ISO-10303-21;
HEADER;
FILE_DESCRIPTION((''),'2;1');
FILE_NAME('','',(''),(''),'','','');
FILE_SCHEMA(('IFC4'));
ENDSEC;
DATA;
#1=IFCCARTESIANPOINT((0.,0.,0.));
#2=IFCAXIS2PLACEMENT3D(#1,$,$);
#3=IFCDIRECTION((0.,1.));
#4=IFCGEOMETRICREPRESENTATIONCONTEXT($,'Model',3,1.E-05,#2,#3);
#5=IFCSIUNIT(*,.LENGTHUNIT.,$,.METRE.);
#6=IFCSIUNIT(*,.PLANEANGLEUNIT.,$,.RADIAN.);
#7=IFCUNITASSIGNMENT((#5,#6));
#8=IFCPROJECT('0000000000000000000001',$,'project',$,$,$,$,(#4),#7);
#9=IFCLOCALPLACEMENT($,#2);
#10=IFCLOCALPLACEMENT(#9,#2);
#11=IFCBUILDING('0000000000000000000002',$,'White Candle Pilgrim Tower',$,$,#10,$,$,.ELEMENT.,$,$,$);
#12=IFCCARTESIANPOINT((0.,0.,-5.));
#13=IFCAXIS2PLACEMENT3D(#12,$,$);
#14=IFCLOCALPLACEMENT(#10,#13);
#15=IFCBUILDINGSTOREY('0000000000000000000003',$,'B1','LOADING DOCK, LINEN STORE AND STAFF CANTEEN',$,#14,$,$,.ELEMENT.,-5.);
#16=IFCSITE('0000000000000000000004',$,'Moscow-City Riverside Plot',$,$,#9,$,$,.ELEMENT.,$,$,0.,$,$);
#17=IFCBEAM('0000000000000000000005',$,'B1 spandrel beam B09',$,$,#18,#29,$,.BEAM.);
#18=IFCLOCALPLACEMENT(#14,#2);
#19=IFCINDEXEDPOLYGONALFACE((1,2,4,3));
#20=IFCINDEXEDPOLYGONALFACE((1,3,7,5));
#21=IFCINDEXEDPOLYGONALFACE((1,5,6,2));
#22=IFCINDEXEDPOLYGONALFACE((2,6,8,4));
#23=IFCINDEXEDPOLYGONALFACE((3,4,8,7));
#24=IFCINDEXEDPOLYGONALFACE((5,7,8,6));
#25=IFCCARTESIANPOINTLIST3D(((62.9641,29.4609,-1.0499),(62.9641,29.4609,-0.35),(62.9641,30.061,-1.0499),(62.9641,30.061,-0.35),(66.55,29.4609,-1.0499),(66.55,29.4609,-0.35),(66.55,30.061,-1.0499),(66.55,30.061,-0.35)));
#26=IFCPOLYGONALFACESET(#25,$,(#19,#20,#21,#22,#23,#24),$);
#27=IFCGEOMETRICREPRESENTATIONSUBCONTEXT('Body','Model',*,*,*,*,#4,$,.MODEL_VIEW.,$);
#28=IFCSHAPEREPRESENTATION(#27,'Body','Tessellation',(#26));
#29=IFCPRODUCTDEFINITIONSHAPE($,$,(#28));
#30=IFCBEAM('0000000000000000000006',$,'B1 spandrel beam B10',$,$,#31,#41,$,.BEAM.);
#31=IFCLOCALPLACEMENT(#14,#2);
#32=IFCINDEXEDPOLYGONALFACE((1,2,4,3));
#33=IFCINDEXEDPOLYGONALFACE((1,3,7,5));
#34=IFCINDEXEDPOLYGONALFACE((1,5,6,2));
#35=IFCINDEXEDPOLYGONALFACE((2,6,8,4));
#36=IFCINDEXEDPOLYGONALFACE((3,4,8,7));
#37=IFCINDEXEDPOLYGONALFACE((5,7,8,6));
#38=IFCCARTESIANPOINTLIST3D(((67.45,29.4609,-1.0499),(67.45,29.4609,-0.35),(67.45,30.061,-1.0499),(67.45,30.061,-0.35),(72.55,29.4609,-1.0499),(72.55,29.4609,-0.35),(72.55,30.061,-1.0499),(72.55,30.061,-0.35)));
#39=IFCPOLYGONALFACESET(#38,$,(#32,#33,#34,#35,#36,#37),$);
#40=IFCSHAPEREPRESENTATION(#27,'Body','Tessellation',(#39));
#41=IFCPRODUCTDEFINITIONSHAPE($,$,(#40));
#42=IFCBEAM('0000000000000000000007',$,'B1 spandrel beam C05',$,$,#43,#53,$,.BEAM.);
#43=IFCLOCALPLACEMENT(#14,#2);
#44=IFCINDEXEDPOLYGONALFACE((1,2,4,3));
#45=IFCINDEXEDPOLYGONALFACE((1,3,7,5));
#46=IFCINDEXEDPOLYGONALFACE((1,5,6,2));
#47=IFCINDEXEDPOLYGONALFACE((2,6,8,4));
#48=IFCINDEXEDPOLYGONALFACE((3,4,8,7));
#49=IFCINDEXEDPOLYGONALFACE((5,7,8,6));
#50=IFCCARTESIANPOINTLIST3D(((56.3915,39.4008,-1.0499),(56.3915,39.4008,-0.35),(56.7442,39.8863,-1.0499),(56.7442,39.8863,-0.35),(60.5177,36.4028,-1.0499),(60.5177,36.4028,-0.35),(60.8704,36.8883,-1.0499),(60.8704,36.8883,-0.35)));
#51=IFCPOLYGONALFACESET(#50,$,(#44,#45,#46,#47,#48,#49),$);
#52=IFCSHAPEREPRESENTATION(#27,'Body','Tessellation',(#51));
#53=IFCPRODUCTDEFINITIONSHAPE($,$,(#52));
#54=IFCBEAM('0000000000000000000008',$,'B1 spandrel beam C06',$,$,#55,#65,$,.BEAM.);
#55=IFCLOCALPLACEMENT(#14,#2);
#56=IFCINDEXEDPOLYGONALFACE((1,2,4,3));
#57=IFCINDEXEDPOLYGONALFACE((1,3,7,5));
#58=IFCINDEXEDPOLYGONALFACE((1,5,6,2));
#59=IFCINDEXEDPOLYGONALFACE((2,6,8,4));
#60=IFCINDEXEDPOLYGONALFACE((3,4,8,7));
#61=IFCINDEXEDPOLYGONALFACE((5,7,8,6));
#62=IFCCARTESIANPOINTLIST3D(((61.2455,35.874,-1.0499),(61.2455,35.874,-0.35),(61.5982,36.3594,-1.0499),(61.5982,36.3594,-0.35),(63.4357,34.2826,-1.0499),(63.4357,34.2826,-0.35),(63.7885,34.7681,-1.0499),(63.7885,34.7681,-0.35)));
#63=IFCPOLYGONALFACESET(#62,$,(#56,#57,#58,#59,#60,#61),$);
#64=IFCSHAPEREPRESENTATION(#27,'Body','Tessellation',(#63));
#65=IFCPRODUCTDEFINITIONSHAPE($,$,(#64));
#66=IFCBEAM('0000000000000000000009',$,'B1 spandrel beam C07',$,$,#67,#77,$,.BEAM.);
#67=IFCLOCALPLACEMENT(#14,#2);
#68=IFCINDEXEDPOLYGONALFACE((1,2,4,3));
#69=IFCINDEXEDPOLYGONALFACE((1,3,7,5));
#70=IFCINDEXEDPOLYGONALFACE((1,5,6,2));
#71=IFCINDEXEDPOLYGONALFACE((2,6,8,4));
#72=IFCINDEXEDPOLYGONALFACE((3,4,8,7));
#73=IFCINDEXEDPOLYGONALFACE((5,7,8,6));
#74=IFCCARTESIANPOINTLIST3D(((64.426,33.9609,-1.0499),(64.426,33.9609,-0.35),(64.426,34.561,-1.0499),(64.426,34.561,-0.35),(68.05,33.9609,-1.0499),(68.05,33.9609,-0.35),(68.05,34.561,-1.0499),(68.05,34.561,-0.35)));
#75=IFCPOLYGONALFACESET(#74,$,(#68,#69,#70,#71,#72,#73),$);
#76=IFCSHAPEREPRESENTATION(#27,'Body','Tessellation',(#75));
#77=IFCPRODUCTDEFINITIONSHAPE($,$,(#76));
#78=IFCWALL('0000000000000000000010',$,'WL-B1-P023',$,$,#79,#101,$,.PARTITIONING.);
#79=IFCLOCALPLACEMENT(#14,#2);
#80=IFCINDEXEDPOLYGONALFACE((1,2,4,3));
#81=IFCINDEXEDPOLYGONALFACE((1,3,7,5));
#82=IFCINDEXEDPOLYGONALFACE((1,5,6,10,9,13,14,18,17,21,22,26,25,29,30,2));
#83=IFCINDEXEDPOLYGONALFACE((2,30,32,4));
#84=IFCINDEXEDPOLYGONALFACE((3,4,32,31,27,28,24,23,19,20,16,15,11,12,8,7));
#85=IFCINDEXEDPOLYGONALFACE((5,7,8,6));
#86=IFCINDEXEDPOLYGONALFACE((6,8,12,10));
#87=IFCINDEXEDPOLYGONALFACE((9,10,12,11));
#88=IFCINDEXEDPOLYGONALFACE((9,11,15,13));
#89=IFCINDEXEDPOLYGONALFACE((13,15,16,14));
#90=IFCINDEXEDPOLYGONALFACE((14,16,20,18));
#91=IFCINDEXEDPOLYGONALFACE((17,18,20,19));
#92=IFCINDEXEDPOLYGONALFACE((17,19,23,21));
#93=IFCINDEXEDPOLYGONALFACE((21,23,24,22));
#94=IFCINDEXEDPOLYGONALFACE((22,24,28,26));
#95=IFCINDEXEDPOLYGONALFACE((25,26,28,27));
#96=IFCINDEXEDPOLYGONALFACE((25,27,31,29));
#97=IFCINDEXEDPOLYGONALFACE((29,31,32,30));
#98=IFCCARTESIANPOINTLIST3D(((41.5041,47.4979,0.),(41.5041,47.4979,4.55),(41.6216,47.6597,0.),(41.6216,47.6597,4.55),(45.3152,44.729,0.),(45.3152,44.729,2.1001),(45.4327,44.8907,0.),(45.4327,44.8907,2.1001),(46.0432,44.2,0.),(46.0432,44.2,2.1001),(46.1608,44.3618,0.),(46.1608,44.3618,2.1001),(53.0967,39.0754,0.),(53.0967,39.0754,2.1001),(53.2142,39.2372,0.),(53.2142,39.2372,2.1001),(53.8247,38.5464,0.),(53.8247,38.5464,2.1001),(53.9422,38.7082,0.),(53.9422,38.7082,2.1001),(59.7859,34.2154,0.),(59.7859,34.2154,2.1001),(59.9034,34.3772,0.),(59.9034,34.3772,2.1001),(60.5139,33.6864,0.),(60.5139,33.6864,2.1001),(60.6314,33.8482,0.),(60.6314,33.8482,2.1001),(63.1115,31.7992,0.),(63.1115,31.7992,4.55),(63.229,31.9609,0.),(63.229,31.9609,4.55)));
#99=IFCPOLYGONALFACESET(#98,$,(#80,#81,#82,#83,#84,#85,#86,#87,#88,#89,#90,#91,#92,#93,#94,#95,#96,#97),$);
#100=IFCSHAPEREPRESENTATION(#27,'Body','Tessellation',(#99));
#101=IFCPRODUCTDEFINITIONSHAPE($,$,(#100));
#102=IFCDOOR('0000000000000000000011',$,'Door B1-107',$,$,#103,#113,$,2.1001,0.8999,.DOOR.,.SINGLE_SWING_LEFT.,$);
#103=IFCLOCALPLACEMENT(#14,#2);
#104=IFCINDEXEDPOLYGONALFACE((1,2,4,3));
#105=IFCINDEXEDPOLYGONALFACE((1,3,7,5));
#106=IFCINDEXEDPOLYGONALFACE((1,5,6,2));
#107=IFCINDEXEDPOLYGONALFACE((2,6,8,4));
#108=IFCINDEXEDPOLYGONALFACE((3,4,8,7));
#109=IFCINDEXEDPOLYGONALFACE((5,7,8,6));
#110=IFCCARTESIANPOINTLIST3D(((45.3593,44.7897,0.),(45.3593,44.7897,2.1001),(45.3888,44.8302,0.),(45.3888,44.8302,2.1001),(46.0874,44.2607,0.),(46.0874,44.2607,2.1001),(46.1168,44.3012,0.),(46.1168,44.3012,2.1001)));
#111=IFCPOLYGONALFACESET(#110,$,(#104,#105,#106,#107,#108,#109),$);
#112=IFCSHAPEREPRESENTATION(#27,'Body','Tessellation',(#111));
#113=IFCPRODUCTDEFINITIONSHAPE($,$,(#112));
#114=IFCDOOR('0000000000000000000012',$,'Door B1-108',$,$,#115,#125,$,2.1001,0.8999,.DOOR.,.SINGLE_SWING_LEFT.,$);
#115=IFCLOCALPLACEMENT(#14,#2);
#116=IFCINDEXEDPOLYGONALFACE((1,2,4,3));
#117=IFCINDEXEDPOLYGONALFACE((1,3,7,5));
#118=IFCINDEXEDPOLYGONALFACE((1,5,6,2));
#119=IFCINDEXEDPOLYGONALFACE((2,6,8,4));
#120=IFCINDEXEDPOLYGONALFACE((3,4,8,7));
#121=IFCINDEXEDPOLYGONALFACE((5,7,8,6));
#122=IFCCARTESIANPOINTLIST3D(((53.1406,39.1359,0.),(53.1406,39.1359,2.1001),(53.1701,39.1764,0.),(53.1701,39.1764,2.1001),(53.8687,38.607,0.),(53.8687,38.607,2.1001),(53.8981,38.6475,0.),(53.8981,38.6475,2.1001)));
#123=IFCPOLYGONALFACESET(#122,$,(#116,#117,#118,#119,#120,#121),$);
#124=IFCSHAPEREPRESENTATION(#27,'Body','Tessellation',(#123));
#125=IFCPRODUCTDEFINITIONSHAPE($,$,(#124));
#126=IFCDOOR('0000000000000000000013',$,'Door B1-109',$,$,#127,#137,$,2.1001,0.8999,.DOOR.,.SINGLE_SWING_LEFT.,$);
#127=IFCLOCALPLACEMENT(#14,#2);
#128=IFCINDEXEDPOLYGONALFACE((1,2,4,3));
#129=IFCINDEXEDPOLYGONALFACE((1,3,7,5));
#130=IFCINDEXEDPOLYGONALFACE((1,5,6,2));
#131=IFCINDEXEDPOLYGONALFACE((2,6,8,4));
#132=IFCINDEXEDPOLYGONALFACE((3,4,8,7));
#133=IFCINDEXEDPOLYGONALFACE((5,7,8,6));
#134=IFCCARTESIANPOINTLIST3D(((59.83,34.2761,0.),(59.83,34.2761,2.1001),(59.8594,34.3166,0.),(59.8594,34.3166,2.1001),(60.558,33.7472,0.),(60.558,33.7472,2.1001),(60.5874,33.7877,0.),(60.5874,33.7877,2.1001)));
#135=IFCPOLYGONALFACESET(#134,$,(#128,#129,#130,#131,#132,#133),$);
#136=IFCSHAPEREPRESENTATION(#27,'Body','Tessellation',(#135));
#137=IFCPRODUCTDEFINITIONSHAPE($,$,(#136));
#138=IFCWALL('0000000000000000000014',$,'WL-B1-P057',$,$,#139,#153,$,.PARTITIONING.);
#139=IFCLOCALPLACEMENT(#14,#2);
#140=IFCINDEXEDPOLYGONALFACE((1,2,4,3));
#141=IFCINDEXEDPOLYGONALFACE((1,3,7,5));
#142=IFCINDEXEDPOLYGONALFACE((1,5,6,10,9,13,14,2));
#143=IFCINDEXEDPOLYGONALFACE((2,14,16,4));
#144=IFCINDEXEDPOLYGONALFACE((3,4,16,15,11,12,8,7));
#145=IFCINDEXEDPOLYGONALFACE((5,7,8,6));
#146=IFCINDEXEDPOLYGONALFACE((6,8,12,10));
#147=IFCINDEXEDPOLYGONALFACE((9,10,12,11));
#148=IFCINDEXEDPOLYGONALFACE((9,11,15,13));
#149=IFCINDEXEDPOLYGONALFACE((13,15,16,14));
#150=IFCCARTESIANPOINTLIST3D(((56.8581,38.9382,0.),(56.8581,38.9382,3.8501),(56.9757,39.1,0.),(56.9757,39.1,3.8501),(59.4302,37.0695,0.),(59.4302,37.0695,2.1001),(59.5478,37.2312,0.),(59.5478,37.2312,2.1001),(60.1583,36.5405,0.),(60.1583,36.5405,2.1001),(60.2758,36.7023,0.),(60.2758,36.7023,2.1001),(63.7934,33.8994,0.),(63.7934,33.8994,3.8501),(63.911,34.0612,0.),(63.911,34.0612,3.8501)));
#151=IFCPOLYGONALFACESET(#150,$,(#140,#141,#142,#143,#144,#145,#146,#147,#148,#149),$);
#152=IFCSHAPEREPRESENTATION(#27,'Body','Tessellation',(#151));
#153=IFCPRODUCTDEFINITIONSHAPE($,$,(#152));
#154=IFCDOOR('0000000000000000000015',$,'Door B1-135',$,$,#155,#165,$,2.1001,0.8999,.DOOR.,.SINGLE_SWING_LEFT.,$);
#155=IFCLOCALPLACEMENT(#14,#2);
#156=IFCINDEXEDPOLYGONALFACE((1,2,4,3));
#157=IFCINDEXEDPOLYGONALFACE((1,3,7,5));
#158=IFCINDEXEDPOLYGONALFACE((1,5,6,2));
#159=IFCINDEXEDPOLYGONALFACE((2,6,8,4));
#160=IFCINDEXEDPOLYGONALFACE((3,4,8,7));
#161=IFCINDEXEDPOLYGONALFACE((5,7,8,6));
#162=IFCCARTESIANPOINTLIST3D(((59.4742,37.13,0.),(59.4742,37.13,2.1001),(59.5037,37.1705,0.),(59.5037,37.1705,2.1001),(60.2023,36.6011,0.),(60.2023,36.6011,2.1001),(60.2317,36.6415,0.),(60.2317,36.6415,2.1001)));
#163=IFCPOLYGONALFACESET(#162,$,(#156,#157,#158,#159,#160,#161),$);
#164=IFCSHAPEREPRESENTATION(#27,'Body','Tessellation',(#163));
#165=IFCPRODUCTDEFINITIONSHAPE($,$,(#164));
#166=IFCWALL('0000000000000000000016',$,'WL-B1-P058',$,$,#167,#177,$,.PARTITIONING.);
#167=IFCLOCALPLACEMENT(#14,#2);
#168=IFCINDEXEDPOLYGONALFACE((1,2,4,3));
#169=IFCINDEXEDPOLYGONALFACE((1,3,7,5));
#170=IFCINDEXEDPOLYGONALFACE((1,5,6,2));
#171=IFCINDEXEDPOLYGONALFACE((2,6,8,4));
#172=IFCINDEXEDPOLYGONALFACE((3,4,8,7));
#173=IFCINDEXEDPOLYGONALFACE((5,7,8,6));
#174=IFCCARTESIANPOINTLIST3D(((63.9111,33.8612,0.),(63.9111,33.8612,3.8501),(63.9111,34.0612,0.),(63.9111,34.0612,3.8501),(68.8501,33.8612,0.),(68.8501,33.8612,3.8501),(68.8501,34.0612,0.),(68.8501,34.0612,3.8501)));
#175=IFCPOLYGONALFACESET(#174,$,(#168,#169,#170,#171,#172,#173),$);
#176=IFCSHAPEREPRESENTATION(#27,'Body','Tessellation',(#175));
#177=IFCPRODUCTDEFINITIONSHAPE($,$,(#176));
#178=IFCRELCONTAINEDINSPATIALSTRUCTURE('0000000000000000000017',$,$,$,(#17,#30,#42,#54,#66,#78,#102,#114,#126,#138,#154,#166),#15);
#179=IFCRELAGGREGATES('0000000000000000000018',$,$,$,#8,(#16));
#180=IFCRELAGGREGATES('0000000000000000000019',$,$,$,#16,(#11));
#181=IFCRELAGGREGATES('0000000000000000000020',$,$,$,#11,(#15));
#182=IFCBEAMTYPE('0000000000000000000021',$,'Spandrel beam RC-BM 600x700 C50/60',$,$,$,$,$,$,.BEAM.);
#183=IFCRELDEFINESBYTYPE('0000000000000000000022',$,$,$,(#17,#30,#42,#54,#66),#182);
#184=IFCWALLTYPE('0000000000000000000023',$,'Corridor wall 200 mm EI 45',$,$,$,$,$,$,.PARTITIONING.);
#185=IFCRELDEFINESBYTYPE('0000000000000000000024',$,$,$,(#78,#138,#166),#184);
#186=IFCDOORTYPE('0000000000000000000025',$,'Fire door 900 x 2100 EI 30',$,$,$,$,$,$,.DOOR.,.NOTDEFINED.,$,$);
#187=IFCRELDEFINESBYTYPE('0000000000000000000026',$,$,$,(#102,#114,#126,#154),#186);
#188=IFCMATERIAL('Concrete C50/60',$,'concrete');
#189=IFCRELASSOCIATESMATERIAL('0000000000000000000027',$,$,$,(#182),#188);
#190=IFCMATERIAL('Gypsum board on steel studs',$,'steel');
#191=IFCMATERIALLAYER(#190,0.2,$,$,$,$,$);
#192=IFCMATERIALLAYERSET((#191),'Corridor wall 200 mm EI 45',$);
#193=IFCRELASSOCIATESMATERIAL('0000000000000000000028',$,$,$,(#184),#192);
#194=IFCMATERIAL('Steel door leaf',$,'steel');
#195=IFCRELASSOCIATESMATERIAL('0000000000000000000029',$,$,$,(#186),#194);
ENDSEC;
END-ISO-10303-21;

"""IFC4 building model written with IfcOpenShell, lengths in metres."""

from ifc_helpers import new_model, si_unit, direction, frame, frame_2d, origin, origin_2d, place, context, subcontext, project, spatial, rectangle, extrude, material, layer, layer_set, material_profile, profile_set, type_object, element, fill, save


model = new_model("IFC4")

# Units and contexts
model_context = context("Model", 3, precision=1e-05, world=origin(), true_north=direction((0.0, 1.0)))
body_context = subcontext(model_context, "Body", "Model", "MODEL_VIEW")
ifc_project = project(units=[si_unit("LENGTHUNIT", "METRE"), si_unit("PLANEANGLEUNIT", "RADIAN")], contexts=[model_context])

# Site, building, storey
site_placement = place(None, origin())
site = spatial("IfcSite", under=ifc_project, at=site_placement, Name="Moscow-City Riverside Plot", CompositionType="ELEMENT", RefElevation=0.0)
building_placement = place(site_placement, origin())
building = spatial("IfcBuilding", under=site, at=building_placement, Name="White Candle Pilgrim Tower", CompositionType="ELEMENT")
storey_placement = place(building_placement, frame((0.0, 0.0, -5.0)))
storey = spatial("IfcBuildingStorey", under=building, at=storey_placement, Name="B1", Description="LOADING DOCK, LINEN STORE AND STAFF CANTEEN", CompositionType="ELEMENT", Elevation=-5.0)

# Beams
ifc_material_1 = material(Name="Concrete C50/60", Category="concrete")
ifc_material_profile_1 = material_profile(ifc_material_1, rectangle(XDim=0.6001, YDim=0.7, at=origin_2d()), Name="RC-BM 600x700")
ifc_profile_set_1 = profile_set([ifc_material_profile_1], Name="Concrete C50/60")
beam_type = type_object("IfcBeamType", Name="Spandrel beam RC-BM 600x700 C50/60", PredefinedType="BEAM", material=ifc_profile_set_1)
beam_1_placement = place(storey_placement, frame((62.9641, 29.761, -0.7), z_axis=(1.0, 0.0, 0.0), x_axis=(0.0, 1.0, 0.0)))
element("IfcBeam", 1, at=beam_1_placement, inside=storey, type_object=beam_type, Name="B1 spandrel beam B09", PredefinedType="BEAM", context=body_context, shape_type="SweptSolid", body=[
    extrude(rectangle(XDim=0.6001, YDim=0.7, at=origin_2d()), origin(), (0.0, 0.0, 1.0), 3.5859),
])
beam_2_placement = place(storey_placement, frame((67.45, 29.761, -0.7), z_axis=(1.0, 0.0, 0.0), x_axis=(0.0, 1.0, 0.0)))
element("IfcBeam", 2, at=beam_2_placement, inside=storey, type_object=beam_type, Name="B1 spandrel beam B10", PredefinedType="BEAM", context=body_context, shape_type="SweptSolid", body=[
    extrude(rectangle(XDim=0.6001, YDim=0.7, at=origin_2d()), origin(), (0.0, 0.0, 1.0), 5.1001),
])
beam_3_placement = place(storey_placement, frame((56.5679, 39.6436, -0.7), z_axis=(0.809001, -0.587807, 0.0), x_axis=(0.587807, 0.809001, 0.0)))
element("IfcBeam", 3, at=beam_3_placement, inside=storey, type_object=beam_type, Name="B1 spandrel beam C05", PredefinedType="BEAM", context=body_context, shape_type="SweptSolid", body=[
    extrude(rectangle(XDim=0.6001, YDim=0.7, at=origin_2d()), origin(), (0.0, 0.0, 1.0), 5.1003),
])
beam_4_placement = place(storey_placement, frame((61.4219, 36.1167, -0.7), z_axis=(0.809009, -0.587796, 0.0), x_axis=(0.587796, 0.809009, 0.0)))
element("IfcBeam", 4, at=beam_4_placement, inside=storey, type_object=beam_type, Name="B1 spandrel beam C06", PredefinedType="BEAM", context=body_context, shape_type="SweptSolid", body=[
    extrude(rectangle(XDim=0.6001, YDim=0.7, at=origin_2d()), origin(), (0.0, 0.0, 1.0), 2.7073),
])
beam_5_placement = place(storey_placement, frame((64.426, 34.261, -0.7), z_axis=(1.0, 0.0, 0.0), x_axis=(0.0, 1.0, 0.0)))
element("IfcBeam", 5, at=beam_5_placement, inside=storey, type_object=beam_type, Name="B1 spandrel beam C07", PredefinedType="BEAM", context=body_context, shape_type="SweptSolid", body=[
    extrude(rectangle(XDim=0.6001, YDim=0.7, at=origin_2d()), origin(), (0.0, 0.0, 1.0), 3.624),
])

# Wall, openings, doors
ifc_material_2 = material(Name="Gypsum board on steel studs", Category="steel")
ifc_layer_1 = layer(ifc_material_2, 0.2)
ifc_layer_set_1 = layer_set([ifc_layer_1], Name="Corridor wall 200 mm EI 45")
wall_type_1 = type_object("IfcWallType", Name="Corridor wall 200 mm EI 45", PredefinedType="PARTITIONING", material=ifc_layer_set_1)
wall_1_placement = place(storey_placement, frame((63.1702, 31.8801, 0.0), z_axis=(0.0, 0.0, 1.0), x_axis=(-0.809017, 0.587786, 0.0)))
wall_1 = element("IfcWall", 6, at=wall_1_placement, inside=storey, type_object=wall_type_1, Name="WL-B1-P023", PredefinedType="PARTITIONING", context=body_context, shape_type="SweptSolid", body=[
    extrude(rectangle(XDim=26.7083, YDim=0.2, at=frame_2d((13.354, 0.0))), origin(), (0.0, 0.0, 1.0), 4.55),
])
opening_1_placement = place(wall_1_placement, frame((21.0974, 0.0, 0.0)))
opening_1 = element("IfcOpeningElement", 7, at=opening_1_placement, cuts=wall_1, PredefinedType="OPENING", context=body_context, shape_type="SweptSolid", body=[
    extrude(rectangle(XDim=0.8999, YDim=2.1001, at=frame_2d((0.45, 1.05))), frame((0.0, 0.1099, 0.0), z_axis=(0.0, -1.0, 0.0), x_axis=(1.0, 0.0, 0.0)), (0.0, 0.0, 1.0), 0.22),
])
opening_2_placement = place(wall_1_placement, frame((11.479, 0.0, 0.0)))
opening_2 = element("IfcOpeningElement", 8, at=opening_2_placement, cuts=wall_1, PredefinedType="OPENING", context=body_context, shape_type="SweptSolid", body=[
    extrude(rectangle(XDim=0.8999, YDim=2.1001, at=frame_2d((0.45, 1.05))), frame((0.0, 0.1099, 0.0), z_axis=(0.0, -1.0, 0.0), x_axis=(1.0, 0.0, 0.0)), (0.0, 0.0, 1.0), 0.22),
])
opening_3_placement = place(wall_1_placement, frame((3.2107, 0.0, 0.0)))
opening_3 = element("IfcOpeningElement", 9, at=opening_3_placement, cuts=wall_1, PredefinedType="OPENING", context=body_context, shape_type="SweptSolid", body=[
    extrude(rectangle(XDim=0.8999, YDim=2.1001, at=frame_2d((0.45, 1.05))), frame((0.0, 0.1099, 0.0), z_axis=(0.0, -1.0, 0.0), x_axis=(1.0, 0.0, 0.0)), (0.0, 0.0, 1.0), 0.22),
])
ifc_material_3 = material(Name="Steel door leaf", Category="steel")
door_type = type_object("IfcDoorType", Name="Fire door 900 x 2100 EI 30", OperationType="NOTDEFINED", PredefinedType="DOOR", material=ifc_material_3)
door_1_placement = place(opening_1_placement, origin())
door_1 = element("IfcDoor", 10, at=door_1_placement, inside=storey, type_object=door_type, Name="Door B1-107", OperationType="SINGLE_SWING_LEFT", OverallHeight=2.1001, OverallWidth=0.8999, PredefinedType="DOOR", context=body_context, shape_type="SweptSolid", body=[
    extrude(rectangle(XDim=0.8999, YDim=2.1001, at=frame_2d((0.45, 1.05))), frame((0.0, 0.0249, 0.0), z_axis=(0.0, -1.0, 0.0), x_axis=(1.0, 0.0, 0.0)), (0.0, 0.0, 1.0), 0.05),
])
fill(opening_1, door_1)
door_2_placement = place(opening_2_placement, frame((0.8999, 0.0, 0.0), z_axis=(0.0, 0.0, 1.0), x_axis=(-1.0, 0.0, 0.0)))
door_2 = element("IfcDoor", 11, at=door_2_placement, inside=storey, type_object=door_type, Name="Door B1-108", OperationType="SINGLE_SWING_LEFT", OverallHeight=2.1001, OverallWidth=0.8999, PredefinedType="DOOR", context=body_context, shape_type="SweptSolid", body=[
    extrude(rectangle(XDim=0.8999, YDim=2.1001, at=frame_2d((0.45, 1.05))), frame((0.0, 0.0249, 0.0), z_axis=(0.0, -1.0, 0.0), x_axis=(1.0, 0.0, 0.0)), (0.0, 0.0, 1.0), 0.05),
])
fill(opening_2, door_2)
door_3_placement = place(opening_3_placement, origin())
door_3 = element("IfcDoor", 12, at=door_3_placement, inside=storey, type_object=door_type, Name="Door B1-109", OperationType="SINGLE_SWING_LEFT", OverallHeight=2.1001, OverallWidth=0.8999, PredefinedType="DOOR", context=body_context, shape_type="SweptSolid", body=[
    extrude(rectangle(XDim=0.8999, YDim=2.1001, at=frame_2d((0.45, 1.05))), frame((0.0, 0.0249, 0.0), z_axis=(0.0, -1.0, 0.0), x_axis=(1.0, 0.0, 0.0)), (0.0, 0.0, 1.0), 0.05),
])
fill(opening_3, door_3)

# Wall, opening, door
wall_2_placement = place(storey_placement, frame((56.917, 39.019, 0.0), z_axis=(0.0, 0.0, 1.0), x_axis=(0.809016, -0.587787, 0.0)))
wall_2 = element("IfcWall", 13, at=wall_2_placement, inside=storey, type_object=wall_type_1, Name="WL-B1-P057", PredefinedType="PARTITIONING", context=body_context, shape_type="SweptSolid", body=[
    extrude(rectangle(XDim=8.5725, YDim=0.2, at=frame_2d((4.2861, 0.0))), origin(), (0.0, 0.0, 1.0), 3.8501),
])
opening_4_placement = place(wall_2_placement, frame((3.1792, 0.0, 0.0)))
opening_4 = element("IfcOpeningElement", 14, at=opening_4_placement, cuts=wall_2, PredefinedType="OPENING", context=body_context, shape_type="SweptSolid", body=[
    extrude(rectangle(XDim=0.8999, YDim=2.1001, at=frame_2d((0.45, 1.05))), frame((0.0, 0.1099, 0.0), z_axis=(0.0, -1.0, 0.0), x_axis=(1.0, 0.0, 0.0)), (0.0, 0.0, 1.0), 0.22),
])
door_4_placement = place(opening_4_placement, origin())
door_4 = element("IfcDoor", 15, at=door_4_placement, inside=storey, type_object=door_type, Name="Door B1-135", OperationType="SINGLE_SWING_LEFT", OverallHeight=2.1001, OverallWidth=0.8999, PredefinedType="DOOR", context=body_context, shape_type="SweptSolid", body=[
    extrude(rectangle(XDim=0.8999, YDim=2.1001, at=frame_2d((0.45, 1.05))), frame((0.0, 0.0249, 0.0), z_axis=(0.0, -1.0, 0.0), x_axis=(1.0, 0.0, 0.0)), (0.0, 0.0, 1.0), 0.05),
])
fill(opening_4, door_4)

# Wall
wall_3_placement = place(storey_placement, frame((63.9111, 33.9612, 0.0), z_axis=(0.0, 0.0, 1.0), x_axis=(1.0, 0.0, 0.0)))
element("IfcWall", 16, at=wall_3_placement, inside=storey, type_object=wall_type_1, Name="WL-B1-P058", PredefinedType="PARTITIONING", context=body_context, shape_type="SweptSolid", body=[
    extrude(rectangle(XDim=4.939, YDim=0.2, at=frame_2d((2.4695, 0.0))), origin(), (0.0, 0.0, 1.0), 3.8501),
])

save(model, "model.ifc")
